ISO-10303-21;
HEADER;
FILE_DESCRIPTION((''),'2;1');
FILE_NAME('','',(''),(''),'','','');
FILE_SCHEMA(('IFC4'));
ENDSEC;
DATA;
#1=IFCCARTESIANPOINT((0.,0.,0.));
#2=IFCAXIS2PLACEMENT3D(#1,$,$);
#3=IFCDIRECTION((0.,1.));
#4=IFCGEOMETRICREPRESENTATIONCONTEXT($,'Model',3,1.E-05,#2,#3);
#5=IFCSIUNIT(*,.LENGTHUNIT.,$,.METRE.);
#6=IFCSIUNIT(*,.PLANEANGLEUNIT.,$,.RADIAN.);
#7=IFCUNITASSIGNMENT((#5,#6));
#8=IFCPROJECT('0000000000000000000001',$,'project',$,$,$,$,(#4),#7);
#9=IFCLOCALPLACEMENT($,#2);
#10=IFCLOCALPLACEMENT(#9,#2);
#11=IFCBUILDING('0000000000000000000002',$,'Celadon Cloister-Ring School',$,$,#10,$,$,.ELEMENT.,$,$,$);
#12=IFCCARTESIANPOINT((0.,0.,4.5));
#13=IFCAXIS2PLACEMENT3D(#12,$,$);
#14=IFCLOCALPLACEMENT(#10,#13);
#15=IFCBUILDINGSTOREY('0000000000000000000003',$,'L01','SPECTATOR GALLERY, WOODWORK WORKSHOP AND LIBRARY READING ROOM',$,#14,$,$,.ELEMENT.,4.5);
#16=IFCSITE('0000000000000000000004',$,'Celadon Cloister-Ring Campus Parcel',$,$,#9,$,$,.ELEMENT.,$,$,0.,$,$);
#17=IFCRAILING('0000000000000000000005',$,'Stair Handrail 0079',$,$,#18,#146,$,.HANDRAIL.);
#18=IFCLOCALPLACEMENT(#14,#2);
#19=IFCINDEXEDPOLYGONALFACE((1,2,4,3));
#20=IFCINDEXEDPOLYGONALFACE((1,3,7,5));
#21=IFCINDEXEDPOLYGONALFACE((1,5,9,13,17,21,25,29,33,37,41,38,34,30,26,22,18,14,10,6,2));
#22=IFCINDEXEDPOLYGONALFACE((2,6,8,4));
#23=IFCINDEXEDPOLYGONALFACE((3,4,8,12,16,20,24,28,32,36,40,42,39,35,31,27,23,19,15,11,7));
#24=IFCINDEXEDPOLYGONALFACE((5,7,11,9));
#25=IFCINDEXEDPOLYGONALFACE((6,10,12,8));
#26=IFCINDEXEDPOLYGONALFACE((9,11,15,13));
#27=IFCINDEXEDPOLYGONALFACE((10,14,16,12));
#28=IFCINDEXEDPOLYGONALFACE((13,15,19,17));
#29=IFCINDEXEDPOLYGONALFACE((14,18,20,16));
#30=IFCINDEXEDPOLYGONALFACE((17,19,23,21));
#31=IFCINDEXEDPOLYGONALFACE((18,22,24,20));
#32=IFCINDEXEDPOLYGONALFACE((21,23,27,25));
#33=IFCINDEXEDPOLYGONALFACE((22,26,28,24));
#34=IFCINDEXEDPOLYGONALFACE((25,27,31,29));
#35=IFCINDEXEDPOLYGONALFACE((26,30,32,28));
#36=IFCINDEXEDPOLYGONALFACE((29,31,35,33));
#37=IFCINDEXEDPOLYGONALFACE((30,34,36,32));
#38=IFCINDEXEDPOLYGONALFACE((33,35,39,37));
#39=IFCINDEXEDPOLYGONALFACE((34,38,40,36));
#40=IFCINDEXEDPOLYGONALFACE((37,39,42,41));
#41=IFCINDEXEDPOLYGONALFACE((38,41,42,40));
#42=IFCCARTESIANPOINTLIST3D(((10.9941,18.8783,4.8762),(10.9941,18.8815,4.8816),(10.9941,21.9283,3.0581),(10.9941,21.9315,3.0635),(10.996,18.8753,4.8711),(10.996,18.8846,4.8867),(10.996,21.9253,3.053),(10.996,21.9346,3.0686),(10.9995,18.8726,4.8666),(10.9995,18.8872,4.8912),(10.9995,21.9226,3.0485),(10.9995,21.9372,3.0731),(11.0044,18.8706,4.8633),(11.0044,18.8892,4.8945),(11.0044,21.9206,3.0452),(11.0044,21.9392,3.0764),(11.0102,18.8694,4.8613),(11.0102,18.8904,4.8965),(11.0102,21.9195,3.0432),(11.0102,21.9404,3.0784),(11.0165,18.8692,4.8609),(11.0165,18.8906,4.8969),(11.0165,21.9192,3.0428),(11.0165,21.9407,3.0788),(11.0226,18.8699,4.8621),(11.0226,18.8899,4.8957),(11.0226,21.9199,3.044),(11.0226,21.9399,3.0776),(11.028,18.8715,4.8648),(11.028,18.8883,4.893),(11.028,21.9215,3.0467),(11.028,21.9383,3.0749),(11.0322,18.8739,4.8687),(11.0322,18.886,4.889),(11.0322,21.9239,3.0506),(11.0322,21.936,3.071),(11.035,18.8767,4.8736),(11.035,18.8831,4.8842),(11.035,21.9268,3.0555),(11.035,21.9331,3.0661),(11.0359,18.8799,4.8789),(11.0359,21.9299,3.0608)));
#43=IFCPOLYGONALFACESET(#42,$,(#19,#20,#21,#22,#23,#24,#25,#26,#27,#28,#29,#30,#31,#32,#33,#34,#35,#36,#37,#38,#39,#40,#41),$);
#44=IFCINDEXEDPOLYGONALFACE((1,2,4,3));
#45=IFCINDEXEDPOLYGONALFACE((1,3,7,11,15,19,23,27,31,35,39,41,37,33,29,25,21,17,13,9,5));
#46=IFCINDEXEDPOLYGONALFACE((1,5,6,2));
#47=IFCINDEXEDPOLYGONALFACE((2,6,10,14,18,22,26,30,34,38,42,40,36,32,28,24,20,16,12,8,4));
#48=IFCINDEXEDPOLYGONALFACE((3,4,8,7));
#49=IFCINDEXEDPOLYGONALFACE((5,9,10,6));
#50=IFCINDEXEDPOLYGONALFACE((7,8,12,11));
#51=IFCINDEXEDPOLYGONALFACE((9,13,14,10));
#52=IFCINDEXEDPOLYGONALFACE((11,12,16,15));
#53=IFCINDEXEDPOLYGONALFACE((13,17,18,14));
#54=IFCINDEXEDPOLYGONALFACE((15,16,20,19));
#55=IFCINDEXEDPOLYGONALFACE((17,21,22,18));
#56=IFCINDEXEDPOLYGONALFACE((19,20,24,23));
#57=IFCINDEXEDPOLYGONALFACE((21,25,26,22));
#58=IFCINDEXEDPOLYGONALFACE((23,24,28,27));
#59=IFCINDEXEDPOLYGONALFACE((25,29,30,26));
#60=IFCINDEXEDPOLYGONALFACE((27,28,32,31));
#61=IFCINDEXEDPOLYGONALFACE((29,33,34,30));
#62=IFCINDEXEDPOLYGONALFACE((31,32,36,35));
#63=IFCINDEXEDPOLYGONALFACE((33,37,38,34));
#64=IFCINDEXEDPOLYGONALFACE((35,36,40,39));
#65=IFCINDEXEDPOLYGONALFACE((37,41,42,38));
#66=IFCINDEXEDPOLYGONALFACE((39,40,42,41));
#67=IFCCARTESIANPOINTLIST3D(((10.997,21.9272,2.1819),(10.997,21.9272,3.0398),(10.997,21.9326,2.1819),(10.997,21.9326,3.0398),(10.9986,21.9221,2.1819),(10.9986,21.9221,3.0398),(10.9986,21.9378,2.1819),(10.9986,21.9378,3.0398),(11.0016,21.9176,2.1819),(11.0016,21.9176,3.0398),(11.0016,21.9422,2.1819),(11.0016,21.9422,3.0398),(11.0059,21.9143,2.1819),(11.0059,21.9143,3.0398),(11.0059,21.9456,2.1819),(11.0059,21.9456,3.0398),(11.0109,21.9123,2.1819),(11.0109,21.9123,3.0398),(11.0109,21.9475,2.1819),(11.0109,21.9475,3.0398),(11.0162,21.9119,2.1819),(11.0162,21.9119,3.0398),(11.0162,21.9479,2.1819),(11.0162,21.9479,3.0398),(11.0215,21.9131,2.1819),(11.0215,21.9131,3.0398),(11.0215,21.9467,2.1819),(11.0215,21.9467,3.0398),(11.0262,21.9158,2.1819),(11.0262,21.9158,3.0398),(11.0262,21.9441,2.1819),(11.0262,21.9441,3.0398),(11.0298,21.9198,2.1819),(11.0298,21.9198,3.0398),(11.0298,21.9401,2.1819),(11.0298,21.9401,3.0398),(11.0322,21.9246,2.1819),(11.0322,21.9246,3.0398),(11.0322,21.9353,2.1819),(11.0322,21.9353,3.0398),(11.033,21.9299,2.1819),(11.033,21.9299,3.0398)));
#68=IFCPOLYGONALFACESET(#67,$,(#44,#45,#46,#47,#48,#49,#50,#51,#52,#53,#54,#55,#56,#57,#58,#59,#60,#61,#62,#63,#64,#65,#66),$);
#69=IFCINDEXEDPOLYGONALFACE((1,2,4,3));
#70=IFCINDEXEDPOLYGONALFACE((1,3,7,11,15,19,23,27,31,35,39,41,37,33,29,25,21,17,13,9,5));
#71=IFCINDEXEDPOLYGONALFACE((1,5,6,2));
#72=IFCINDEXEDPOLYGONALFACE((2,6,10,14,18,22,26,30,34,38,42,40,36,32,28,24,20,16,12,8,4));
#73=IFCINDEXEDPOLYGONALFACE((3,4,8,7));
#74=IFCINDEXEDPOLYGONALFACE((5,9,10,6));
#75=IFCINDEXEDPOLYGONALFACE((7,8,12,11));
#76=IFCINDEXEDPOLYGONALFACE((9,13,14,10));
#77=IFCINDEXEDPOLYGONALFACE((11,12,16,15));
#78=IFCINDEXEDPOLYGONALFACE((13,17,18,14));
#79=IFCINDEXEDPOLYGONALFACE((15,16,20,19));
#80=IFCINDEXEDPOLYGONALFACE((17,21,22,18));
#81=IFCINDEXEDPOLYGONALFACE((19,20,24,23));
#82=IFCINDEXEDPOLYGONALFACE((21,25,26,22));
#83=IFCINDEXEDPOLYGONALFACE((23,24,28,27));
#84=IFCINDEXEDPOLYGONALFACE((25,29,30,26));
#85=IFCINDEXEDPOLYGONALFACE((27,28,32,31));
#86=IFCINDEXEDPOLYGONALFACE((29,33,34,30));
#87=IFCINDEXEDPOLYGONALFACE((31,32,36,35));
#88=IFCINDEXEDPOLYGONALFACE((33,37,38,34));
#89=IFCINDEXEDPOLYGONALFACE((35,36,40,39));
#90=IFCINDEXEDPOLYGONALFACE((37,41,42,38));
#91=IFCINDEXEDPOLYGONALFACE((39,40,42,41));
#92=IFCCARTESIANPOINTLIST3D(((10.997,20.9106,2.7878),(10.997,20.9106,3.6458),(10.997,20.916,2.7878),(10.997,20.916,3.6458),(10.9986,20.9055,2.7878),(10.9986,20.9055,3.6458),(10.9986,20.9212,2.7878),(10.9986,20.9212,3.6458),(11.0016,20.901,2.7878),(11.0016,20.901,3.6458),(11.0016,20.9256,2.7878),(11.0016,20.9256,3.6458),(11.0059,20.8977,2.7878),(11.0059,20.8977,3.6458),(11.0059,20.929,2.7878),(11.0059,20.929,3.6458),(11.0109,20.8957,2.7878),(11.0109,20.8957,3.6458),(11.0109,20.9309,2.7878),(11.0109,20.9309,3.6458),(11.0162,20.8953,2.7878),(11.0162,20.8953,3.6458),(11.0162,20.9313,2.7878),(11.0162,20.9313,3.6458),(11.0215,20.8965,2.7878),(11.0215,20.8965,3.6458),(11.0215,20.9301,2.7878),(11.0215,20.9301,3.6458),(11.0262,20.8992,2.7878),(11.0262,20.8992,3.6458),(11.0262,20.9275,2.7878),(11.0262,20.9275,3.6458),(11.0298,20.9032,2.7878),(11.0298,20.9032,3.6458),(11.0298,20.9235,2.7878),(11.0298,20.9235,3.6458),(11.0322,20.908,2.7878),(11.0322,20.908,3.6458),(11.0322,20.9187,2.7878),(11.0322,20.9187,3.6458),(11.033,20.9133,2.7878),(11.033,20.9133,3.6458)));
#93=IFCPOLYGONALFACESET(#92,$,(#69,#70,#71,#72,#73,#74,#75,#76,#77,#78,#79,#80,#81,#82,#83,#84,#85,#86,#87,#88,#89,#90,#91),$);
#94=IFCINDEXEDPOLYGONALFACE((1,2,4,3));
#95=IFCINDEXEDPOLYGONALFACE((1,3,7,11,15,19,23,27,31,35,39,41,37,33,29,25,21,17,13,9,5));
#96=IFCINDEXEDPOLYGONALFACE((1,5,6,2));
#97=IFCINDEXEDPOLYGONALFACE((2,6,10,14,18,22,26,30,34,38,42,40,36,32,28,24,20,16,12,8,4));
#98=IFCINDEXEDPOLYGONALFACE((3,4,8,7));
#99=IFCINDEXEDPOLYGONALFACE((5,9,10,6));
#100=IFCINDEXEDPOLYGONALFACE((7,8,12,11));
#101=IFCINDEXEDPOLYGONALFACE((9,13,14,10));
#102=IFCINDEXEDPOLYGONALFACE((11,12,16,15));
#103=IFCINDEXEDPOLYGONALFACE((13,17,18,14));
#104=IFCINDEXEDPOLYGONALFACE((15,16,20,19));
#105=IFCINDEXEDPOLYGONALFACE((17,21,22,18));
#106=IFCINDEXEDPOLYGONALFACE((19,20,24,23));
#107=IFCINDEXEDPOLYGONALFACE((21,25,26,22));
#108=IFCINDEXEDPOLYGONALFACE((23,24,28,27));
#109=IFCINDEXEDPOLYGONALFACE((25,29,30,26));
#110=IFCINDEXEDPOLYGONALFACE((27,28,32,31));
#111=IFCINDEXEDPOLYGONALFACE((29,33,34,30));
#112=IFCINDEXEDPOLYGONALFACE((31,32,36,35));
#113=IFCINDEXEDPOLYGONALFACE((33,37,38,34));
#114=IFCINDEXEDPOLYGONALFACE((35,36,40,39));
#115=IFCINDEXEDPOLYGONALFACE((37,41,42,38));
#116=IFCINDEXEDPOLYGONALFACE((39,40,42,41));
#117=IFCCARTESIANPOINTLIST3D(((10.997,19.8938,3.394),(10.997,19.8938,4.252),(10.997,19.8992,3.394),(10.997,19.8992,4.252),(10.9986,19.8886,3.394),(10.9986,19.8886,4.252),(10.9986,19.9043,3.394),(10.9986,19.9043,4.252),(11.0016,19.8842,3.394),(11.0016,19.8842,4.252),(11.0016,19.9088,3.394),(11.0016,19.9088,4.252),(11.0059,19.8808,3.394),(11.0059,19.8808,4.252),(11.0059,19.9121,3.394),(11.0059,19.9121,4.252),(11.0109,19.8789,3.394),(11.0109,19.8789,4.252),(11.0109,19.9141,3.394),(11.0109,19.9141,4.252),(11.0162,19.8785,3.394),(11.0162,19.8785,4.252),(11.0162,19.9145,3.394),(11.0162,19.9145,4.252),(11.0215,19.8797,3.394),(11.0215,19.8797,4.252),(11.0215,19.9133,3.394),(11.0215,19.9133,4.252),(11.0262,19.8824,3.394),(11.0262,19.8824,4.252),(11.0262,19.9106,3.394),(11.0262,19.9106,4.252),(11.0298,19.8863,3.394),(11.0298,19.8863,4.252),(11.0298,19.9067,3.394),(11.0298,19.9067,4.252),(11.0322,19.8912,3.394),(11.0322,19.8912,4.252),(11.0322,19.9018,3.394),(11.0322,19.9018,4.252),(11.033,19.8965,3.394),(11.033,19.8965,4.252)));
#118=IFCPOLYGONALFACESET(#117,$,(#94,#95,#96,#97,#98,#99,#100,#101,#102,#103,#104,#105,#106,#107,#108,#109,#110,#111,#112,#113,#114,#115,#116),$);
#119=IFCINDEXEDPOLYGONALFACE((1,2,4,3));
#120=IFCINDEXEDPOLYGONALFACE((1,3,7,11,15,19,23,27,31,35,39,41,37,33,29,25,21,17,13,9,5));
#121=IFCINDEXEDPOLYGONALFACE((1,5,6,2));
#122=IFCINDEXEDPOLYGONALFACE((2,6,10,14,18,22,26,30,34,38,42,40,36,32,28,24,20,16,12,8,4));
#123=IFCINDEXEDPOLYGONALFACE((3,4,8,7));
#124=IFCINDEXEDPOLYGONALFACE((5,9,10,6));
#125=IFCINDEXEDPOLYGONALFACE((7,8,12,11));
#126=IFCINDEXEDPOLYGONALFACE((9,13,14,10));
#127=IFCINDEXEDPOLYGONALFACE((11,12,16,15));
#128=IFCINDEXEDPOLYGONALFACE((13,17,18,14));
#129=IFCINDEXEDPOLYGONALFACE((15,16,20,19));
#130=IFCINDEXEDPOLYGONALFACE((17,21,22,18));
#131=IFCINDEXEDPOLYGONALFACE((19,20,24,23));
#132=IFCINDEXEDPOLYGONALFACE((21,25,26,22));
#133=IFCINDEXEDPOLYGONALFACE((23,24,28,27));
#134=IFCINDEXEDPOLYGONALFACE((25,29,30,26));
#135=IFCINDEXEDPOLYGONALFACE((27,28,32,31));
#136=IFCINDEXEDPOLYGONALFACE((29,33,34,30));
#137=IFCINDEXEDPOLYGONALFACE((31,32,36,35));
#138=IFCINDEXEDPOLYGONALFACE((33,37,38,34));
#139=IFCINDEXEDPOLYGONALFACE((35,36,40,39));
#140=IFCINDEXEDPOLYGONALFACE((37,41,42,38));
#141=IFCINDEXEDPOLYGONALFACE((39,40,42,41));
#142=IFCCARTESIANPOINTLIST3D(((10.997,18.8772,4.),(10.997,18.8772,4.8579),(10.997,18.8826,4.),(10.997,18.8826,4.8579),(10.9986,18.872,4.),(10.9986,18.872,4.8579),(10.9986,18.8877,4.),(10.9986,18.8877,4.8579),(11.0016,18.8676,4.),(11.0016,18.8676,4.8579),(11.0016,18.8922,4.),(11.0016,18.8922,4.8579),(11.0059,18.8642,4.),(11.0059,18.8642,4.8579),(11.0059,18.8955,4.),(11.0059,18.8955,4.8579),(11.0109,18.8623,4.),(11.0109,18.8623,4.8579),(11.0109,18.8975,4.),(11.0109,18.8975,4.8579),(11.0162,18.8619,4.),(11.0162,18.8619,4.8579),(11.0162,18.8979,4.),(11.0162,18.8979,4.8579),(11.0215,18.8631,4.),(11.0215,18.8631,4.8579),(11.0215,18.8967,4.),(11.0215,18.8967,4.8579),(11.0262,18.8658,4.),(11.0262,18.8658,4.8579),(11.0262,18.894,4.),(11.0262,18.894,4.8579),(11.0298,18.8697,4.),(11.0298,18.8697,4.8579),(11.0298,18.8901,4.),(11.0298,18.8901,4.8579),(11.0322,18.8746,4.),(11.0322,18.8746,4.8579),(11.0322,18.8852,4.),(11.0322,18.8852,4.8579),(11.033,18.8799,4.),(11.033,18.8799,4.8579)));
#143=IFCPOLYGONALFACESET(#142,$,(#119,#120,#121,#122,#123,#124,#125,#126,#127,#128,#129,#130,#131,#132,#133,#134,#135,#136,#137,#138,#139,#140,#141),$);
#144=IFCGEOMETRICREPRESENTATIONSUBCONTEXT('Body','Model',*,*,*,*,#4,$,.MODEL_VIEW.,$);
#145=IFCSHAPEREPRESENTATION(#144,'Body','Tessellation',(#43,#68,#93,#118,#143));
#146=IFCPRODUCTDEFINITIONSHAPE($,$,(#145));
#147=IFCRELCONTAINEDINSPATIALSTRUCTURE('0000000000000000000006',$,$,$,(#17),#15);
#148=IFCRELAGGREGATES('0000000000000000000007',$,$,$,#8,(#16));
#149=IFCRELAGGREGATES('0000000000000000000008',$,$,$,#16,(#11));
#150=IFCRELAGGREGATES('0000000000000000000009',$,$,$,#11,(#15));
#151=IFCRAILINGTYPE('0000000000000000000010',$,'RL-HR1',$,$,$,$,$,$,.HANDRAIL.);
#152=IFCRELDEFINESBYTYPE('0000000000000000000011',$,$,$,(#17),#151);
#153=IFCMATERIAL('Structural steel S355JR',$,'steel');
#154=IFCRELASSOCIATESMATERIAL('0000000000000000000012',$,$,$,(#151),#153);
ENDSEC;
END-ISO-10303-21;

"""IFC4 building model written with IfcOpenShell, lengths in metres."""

from ifc_helpers import new_model, si_unit, direction, frame, origin, origin_2d, place, context, subcontext, project, spatial, circle, extrude, material, type_object, element, save


model = new_model("IFC4")

# Units and contexts
model_context = context("Model", 3, precision=1e-05, world=origin(), true_north=direction((0.0, 1.0)))
body_context = subcontext(model_context, "Body", "Model", "MODEL_VIEW")
ifc_project = project(units=[si_unit("LENGTHUNIT", "METRE"), si_unit("PLANEANGLEUNIT", "RADIAN")], contexts=[model_context])

# Site, building, storey
site_placement = place(None, origin())
site = spatial("IfcSite", under=ifc_project, at=site_placement, Name="Celadon Cloister-Ring Campus Parcel", CompositionType="ELEMENT", RefElevation=0.0)
building_placement = place(site_placement, origin())
building = spatial("IfcBuilding", under=site, at=building_placement, Name="Celadon Cloister-Ring School", CompositionType="ELEMENT")
storey_placement = place(building_placement, frame((0.0, 0.0, 4.5)))
storey = spatial("IfcBuildingStorey", under=building, at=storey_placement, Name="L01", Description="SPECTATOR GALLERY, WOODWORK WORKSHOP AND LIBRARY READING ROOM", CompositionType="ELEMENT", Elevation=4.5)

# Railing
ifc_material_1 = material(Name="Structural steel S355JR", Category="steel")
railing_type_1 = type_object("IfcRailingType", Name="RL-HR1", PredefinedType="HANDRAIL", material=ifc_material_1)
for number, where, name in (
    (1, (11.0149, 21.9299, 2.1819), "Stair Handrail 0079"),
):
    element("IfcRailing", number, at=place(storey_placement, frame(where)), inside=storey, type_object=railing_type_1, Name=name, PredefinedType="HANDRAIL", context=body_context, shape_type="SweptSolid", body=[
        extrude(circle(Radius=0.021, at=origin_2d()), frame((0.0, 0.0, 0.8789), z_axis=(0.0, -0.85897, 0.512026), x_axis=(1.0, 0.0, 0.0)), (0.0, 0.0, 1.0), 3.5508),
        extrude(circle(Radius=0.0181, at=origin_2d()), origin(), (0.0, 0.0, 1.0), 0.8579),
        extrude(circle(Radius=0.0181, at=origin_2d()), frame((0.0, -1.0166, 0.606)), (0.0, 0.0, 1.0), 0.8579),
        extrude(circle(Radius=0.0181, at=origin_2d()), frame((0.0, -2.0334, 1.2122)), (0.0, 0.0, 1.0), 0.8579),
        extrude(circle(Radius=0.0181, at=origin_2d()), frame((0.0, -3.05, 1.8181)), (0.0, 0.0, 1.0), 0.8579),
    ])

save(model, "model.ifc")
